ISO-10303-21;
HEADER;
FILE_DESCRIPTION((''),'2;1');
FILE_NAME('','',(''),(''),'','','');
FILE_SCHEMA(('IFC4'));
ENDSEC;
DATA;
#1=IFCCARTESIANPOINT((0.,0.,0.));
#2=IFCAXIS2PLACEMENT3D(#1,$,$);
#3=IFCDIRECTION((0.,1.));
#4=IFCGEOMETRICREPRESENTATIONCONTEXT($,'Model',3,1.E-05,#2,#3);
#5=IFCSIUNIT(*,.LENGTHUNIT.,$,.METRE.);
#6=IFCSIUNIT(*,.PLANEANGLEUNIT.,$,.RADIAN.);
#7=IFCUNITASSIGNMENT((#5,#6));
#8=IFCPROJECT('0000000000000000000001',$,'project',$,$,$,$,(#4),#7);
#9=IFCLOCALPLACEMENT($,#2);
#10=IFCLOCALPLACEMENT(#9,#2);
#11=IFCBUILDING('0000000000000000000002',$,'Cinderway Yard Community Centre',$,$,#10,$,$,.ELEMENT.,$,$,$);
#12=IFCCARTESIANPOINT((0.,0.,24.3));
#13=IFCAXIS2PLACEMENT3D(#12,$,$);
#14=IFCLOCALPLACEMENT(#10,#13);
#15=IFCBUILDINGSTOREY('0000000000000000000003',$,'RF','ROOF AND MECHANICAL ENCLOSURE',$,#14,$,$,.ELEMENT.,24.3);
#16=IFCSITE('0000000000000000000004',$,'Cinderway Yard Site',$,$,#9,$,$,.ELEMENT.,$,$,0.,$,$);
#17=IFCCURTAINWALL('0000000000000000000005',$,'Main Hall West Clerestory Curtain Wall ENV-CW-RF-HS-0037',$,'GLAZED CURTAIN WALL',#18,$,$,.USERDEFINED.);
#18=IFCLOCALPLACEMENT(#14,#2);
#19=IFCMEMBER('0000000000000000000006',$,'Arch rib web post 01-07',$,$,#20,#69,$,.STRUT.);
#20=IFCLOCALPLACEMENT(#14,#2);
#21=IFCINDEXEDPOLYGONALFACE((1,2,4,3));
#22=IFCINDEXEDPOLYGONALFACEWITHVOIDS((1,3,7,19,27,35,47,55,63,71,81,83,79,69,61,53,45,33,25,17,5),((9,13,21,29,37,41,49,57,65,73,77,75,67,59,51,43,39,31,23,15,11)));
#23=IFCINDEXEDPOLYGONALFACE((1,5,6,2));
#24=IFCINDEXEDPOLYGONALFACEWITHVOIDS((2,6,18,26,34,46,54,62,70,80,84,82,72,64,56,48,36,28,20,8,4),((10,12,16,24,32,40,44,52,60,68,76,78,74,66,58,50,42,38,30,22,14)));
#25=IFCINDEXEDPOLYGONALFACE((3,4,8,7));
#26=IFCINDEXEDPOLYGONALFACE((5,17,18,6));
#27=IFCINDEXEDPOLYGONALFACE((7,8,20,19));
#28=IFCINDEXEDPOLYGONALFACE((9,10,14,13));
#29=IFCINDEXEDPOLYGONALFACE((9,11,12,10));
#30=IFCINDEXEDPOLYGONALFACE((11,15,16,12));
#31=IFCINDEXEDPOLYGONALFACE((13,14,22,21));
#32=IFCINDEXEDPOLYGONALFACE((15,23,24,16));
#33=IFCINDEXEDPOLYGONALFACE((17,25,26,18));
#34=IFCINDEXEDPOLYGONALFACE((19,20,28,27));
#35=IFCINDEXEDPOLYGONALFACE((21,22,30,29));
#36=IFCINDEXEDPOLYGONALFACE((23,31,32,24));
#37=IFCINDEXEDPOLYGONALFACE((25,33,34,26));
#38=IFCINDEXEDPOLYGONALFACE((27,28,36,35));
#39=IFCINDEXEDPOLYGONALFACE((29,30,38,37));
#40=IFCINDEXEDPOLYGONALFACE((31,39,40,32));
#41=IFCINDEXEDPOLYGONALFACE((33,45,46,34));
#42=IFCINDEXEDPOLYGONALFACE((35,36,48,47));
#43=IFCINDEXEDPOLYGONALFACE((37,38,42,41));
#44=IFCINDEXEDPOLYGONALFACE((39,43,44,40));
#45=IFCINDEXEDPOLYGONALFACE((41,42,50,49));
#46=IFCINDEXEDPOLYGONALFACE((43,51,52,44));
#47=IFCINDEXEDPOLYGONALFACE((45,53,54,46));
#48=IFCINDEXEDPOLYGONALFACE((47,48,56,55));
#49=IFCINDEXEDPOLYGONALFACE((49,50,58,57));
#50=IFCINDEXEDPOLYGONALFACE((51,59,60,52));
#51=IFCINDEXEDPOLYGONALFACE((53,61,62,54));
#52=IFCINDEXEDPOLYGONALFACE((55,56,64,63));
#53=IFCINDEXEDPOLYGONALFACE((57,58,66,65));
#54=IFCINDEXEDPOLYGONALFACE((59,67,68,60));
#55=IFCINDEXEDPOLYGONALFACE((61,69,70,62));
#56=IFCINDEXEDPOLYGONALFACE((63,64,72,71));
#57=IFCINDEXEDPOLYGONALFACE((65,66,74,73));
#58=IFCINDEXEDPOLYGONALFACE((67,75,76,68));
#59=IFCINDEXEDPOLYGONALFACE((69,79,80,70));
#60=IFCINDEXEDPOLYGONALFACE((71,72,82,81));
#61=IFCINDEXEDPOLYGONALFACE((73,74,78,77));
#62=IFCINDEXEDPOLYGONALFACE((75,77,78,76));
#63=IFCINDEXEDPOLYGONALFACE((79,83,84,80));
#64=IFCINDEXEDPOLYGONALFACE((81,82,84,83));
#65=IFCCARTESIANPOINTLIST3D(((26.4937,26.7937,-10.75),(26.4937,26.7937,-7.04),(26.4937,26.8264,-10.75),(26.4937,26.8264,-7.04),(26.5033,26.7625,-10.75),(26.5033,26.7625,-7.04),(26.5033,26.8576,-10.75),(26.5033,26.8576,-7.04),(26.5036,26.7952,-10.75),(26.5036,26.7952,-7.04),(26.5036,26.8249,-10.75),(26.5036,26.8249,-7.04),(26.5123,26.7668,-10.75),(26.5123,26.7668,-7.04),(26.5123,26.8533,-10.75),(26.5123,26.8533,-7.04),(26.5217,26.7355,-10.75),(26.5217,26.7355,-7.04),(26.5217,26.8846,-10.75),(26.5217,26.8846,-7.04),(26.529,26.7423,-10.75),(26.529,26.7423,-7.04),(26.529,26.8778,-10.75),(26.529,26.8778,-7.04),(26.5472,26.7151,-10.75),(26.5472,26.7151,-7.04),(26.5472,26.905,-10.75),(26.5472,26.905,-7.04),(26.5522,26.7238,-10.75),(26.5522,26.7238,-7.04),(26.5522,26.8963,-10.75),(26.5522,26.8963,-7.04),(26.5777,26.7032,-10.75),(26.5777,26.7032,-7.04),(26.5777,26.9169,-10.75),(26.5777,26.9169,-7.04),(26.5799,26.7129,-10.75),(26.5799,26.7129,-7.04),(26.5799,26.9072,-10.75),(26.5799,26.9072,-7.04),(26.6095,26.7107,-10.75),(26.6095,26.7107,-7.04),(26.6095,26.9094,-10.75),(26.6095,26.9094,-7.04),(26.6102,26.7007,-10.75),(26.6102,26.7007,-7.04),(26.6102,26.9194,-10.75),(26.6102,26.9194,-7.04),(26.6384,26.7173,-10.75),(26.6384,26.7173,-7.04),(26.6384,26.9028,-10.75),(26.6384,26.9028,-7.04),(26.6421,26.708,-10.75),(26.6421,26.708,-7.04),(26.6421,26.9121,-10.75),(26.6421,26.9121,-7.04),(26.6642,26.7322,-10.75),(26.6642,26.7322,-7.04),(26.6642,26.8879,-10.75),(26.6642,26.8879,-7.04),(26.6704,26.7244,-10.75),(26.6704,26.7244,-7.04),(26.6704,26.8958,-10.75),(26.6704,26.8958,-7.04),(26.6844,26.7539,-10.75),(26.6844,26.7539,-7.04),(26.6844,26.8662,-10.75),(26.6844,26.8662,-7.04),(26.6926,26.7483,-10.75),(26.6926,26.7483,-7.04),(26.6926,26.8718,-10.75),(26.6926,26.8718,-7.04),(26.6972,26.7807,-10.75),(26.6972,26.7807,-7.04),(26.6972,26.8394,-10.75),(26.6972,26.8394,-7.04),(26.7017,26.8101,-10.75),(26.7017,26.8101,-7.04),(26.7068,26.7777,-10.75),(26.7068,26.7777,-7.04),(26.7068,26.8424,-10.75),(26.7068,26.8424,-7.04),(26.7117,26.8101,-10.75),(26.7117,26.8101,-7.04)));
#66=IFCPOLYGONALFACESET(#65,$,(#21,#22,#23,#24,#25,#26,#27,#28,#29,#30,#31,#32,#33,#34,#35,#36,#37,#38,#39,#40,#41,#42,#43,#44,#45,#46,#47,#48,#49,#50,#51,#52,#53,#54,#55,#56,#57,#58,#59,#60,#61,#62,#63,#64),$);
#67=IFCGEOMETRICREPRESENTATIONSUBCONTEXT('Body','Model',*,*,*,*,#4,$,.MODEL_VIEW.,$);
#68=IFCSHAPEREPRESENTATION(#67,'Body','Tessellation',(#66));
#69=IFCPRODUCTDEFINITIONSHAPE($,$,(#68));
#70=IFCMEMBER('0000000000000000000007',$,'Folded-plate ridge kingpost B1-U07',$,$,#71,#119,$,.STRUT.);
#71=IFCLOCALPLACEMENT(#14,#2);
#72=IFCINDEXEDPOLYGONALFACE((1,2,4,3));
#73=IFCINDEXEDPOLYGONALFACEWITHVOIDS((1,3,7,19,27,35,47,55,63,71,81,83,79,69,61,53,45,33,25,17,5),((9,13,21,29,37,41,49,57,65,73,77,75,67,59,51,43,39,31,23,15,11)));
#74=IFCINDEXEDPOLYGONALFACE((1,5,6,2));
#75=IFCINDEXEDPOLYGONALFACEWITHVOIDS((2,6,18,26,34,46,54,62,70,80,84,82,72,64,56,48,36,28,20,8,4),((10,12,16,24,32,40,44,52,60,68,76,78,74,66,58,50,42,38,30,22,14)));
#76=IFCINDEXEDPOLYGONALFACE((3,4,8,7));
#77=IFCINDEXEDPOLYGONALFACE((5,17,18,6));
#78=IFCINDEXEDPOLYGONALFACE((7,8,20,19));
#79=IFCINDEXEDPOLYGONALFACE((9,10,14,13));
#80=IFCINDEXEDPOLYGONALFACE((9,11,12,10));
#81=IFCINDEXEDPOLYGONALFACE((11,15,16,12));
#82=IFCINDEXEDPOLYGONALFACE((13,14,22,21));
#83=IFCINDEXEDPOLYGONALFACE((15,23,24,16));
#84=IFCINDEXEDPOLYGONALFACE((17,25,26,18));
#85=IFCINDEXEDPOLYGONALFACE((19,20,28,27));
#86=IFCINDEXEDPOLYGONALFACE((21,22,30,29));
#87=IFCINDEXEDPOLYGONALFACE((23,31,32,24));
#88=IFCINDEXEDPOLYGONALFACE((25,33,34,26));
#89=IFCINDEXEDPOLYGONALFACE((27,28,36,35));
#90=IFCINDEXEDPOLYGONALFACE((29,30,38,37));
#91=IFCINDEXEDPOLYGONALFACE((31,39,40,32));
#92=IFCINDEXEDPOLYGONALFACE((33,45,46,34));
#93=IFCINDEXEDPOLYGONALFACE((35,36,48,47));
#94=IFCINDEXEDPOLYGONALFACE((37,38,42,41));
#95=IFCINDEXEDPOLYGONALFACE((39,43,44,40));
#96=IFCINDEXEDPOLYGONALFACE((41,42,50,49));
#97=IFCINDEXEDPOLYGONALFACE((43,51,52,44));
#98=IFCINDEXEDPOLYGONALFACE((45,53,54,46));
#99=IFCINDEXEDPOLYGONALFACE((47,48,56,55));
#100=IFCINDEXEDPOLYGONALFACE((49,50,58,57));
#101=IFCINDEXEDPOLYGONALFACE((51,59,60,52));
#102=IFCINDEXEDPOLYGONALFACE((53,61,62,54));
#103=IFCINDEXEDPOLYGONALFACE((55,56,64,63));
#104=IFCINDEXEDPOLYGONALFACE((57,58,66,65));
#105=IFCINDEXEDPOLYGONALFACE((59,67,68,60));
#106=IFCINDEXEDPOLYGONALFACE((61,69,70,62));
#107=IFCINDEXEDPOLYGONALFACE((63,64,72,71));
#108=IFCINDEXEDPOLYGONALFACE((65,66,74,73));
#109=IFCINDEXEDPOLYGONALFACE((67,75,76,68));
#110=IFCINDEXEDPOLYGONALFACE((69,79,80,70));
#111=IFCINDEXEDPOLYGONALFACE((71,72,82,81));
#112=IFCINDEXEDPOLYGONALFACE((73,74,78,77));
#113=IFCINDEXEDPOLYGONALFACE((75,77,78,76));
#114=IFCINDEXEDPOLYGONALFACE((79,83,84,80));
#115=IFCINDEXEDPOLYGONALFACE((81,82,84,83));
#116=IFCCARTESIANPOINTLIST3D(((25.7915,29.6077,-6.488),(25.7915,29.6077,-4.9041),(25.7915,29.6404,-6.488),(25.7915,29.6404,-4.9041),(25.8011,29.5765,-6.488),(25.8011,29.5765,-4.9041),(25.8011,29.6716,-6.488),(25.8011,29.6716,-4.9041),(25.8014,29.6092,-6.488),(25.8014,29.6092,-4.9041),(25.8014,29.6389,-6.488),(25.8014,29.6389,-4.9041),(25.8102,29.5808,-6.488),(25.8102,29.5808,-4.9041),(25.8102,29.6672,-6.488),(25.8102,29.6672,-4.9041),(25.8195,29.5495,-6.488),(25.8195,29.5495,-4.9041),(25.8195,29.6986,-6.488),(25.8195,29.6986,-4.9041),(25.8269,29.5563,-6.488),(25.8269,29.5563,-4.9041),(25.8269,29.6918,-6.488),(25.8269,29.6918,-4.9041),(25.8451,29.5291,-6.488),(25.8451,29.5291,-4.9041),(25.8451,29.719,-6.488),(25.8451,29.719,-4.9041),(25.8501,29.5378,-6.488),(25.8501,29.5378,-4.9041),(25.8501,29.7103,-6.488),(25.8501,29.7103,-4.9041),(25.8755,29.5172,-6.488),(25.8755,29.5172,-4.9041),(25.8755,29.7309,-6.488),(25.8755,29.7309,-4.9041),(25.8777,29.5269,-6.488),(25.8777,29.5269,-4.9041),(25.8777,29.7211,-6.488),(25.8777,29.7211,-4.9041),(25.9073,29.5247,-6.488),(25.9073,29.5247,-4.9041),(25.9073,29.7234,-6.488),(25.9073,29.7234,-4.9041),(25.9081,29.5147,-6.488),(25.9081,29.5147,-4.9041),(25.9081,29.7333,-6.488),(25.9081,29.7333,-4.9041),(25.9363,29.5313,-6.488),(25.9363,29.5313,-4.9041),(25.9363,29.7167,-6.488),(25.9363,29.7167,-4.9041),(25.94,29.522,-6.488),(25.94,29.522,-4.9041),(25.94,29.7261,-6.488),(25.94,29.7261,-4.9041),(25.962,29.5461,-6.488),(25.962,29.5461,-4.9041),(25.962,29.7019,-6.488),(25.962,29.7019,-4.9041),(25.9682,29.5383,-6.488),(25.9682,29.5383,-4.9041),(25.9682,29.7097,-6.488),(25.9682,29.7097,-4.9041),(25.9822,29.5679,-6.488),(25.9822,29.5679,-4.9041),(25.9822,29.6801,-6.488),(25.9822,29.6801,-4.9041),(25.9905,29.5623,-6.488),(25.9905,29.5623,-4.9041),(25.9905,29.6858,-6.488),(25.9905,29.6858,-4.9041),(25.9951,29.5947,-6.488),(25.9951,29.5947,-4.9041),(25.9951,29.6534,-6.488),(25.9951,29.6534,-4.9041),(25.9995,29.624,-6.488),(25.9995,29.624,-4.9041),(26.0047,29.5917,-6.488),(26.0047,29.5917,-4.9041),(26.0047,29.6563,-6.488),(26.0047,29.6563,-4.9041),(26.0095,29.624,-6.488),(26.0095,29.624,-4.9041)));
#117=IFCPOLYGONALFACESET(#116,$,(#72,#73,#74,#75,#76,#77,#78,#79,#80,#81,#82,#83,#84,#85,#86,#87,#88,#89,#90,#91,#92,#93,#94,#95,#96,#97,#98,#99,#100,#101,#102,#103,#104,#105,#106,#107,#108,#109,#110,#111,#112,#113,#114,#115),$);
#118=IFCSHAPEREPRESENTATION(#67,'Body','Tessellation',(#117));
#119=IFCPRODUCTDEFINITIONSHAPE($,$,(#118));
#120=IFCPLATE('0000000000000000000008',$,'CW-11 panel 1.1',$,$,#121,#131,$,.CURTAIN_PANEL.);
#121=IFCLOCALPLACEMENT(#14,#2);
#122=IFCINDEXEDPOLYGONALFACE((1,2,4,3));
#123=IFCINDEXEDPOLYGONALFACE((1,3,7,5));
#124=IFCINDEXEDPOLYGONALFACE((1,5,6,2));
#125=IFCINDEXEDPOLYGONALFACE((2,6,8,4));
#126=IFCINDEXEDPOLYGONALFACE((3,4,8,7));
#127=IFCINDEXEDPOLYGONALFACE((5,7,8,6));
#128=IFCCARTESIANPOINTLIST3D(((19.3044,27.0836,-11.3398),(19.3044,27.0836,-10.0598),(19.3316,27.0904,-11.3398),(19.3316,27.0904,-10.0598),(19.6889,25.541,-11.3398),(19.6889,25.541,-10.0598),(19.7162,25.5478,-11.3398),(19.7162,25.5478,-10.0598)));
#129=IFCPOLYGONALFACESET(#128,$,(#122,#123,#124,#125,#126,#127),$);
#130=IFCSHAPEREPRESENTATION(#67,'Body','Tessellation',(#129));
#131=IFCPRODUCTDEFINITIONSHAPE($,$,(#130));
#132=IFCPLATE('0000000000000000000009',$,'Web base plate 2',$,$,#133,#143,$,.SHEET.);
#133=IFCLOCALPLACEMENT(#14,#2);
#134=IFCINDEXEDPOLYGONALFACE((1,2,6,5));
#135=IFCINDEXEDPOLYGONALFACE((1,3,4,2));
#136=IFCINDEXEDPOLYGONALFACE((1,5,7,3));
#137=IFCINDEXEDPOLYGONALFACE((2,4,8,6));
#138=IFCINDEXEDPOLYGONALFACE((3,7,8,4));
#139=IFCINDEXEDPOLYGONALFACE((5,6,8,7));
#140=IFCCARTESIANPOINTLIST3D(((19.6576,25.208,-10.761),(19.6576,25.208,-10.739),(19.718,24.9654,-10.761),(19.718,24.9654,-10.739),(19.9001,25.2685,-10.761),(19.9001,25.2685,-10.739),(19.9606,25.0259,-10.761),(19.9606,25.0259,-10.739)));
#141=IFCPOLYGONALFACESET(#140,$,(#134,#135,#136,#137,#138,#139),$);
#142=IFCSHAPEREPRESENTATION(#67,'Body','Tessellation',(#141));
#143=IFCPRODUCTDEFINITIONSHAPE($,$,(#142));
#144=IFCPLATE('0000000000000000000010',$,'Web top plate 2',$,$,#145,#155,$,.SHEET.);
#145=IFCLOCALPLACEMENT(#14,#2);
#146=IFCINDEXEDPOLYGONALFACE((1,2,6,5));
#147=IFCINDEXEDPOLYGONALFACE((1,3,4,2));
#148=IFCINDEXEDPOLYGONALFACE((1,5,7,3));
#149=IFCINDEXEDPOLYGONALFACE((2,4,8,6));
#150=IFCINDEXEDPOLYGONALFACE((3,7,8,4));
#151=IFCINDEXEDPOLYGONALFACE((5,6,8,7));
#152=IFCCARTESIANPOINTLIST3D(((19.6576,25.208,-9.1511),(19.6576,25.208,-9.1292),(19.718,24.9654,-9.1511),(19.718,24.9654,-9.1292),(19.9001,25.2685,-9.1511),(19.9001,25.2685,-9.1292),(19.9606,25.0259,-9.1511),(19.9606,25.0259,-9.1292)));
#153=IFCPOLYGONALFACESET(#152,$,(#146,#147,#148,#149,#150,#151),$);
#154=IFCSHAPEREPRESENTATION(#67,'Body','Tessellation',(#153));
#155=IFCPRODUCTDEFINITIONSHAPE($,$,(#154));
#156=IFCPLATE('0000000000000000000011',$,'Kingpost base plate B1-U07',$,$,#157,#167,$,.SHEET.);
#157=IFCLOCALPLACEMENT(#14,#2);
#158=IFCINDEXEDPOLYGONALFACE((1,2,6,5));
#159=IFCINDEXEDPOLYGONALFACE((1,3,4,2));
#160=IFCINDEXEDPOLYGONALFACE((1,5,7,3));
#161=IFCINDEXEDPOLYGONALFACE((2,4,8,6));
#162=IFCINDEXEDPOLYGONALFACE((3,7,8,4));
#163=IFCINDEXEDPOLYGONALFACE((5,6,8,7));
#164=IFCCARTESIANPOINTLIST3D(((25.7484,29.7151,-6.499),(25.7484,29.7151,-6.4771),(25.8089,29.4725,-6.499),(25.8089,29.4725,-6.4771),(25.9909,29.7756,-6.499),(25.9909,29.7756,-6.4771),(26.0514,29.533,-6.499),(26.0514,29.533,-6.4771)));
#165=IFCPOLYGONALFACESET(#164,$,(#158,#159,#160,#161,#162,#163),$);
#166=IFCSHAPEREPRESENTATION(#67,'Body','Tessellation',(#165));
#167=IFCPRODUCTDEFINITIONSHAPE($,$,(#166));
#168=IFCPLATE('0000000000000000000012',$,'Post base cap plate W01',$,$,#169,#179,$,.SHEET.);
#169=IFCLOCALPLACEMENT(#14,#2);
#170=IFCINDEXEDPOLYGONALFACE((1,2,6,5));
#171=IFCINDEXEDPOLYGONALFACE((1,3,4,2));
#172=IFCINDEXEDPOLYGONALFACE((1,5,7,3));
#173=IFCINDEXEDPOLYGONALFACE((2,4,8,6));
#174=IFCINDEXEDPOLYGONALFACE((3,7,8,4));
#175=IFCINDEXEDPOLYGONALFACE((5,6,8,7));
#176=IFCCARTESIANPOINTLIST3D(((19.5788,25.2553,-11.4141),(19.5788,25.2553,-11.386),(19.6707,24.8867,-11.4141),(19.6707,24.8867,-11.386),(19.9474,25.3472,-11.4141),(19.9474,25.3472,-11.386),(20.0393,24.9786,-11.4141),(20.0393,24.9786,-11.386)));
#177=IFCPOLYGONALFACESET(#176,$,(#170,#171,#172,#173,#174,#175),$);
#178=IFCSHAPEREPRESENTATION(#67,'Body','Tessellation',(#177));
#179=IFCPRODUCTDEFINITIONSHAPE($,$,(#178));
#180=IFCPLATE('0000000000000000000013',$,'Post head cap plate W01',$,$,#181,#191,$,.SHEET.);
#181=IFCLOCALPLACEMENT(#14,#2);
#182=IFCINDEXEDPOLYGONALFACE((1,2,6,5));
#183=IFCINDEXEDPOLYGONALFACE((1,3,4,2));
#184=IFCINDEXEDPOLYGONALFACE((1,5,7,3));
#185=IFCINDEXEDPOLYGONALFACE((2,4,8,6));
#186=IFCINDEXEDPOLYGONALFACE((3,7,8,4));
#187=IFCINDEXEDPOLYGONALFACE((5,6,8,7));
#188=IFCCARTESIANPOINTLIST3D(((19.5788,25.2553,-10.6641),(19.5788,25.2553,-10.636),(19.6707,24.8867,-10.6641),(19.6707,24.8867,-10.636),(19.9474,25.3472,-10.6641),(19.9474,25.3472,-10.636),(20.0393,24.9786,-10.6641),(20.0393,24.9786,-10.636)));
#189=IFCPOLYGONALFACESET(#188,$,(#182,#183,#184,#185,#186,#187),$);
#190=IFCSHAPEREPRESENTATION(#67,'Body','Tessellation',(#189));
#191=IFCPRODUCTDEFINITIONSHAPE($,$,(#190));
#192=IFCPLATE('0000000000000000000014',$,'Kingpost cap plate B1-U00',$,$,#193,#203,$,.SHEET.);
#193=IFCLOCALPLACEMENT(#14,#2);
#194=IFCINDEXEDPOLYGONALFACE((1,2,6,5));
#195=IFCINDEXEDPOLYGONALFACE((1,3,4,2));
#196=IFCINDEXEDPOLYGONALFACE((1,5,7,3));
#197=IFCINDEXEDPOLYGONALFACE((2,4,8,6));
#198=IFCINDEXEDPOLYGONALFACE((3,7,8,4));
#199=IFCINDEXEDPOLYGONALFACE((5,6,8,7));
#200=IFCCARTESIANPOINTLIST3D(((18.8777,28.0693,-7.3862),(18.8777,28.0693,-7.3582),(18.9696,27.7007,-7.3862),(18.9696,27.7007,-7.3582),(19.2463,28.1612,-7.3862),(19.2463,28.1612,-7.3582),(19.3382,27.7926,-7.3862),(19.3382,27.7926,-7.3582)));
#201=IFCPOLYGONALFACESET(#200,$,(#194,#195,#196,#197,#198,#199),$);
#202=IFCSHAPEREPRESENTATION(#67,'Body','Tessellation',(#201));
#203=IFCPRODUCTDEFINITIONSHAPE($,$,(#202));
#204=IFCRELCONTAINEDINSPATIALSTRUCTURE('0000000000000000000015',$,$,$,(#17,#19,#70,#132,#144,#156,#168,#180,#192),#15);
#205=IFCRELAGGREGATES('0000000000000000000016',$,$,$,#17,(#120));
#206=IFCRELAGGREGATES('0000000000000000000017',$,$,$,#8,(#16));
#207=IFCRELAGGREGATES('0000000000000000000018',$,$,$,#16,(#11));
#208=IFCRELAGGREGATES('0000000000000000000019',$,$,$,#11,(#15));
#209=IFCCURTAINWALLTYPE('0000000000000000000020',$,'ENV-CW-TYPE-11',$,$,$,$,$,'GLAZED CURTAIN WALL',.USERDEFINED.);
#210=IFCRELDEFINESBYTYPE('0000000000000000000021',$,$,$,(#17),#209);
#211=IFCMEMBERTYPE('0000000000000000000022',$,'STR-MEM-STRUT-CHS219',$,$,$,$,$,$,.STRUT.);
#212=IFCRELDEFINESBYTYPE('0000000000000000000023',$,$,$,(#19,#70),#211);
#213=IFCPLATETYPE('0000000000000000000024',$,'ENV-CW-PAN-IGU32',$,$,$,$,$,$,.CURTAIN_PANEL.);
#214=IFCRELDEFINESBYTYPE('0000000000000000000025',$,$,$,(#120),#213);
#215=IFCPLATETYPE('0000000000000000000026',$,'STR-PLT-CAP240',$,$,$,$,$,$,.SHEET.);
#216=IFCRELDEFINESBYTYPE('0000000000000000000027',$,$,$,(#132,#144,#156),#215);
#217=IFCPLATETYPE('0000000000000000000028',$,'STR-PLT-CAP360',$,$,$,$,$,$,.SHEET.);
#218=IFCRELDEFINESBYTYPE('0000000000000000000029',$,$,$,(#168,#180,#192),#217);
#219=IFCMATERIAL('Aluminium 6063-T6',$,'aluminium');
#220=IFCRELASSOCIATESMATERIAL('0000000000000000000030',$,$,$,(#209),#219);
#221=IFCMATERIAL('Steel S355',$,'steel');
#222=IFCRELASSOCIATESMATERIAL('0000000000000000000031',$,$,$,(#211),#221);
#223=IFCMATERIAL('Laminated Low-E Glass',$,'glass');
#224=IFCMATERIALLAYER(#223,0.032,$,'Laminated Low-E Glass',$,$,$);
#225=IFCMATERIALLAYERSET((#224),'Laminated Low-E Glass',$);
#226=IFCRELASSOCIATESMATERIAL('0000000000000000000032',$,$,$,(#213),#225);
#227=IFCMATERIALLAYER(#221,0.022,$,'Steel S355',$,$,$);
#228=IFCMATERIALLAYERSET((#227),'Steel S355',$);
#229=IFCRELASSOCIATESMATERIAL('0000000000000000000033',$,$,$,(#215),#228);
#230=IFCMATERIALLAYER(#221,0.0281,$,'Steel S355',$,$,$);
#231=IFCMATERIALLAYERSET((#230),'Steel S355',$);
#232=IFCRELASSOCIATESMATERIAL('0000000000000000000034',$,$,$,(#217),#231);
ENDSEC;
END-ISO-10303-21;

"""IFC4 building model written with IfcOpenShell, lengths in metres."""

from ifc_helpers import new_model, si_unit, direction, frame, origin, origin_2d, place, context, subcontext, project, spatial, rectangle, hollow_circle, extrude, material, layer, layer_set, material_profile, profile_set, type_object, element, aggregate, save


model = new_model("IFC4")

# Units and contexts
model_context = context("Model", 3, precision=1e-05, world=origin(), true_north=direction((0.0, 1.0)))
body_context = subcontext(model_context, "Body", "Model", "MODEL_VIEW")
ifc_project = project(units=[si_unit("LENGTHUNIT", "METRE"), si_unit("PLANEANGLEUNIT", "RADIAN")], contexts=[model_context])

# Site, building, storey
site_placement = place(None, origin())
site = spatial("IfcSite", under=ifc_project, at=site_placement, Name="Cinderway Yard Site", CompositionType="ELEMENT", RefElevation=0.0)
building_placement = place(site_placement, origin())
building = spatial("IfcBuilding", under=site, at=building_placement, Name="Cinderway Yard Community Centre", CompositionType="ELEMENT")
storey_placement = place(building_placement, frame((0.0, 0.0, 24.3)))
storey = spatial("IfcBuildingStorey", under=building, at=storey_placement, Name="RF", Description="ROOF AND MECHANICAL ENCLOSURE", CompositionType="ELEMENT", Elevation=24.3)

# Shared definitions
ifc_material_1 = material(Name="Steel S355", Category="steel")

# Curtain wall
ifc_material_2 = material(Name="Aluminium 6063-T6", Category="aluminium")
curtain_wall_type = type_object("IfcCurtainWallType", Name="ENV-CW-TYPE-11", ElementType="GLAZED CURTAIN WALL", PredefinedType="USERDEFINED", material=ifc_material_2)
curtain_wall_placement = place(storey_placement, origin())
curtain_wall = element("IfcCurtainWall", 1, at=curtain_wall_placement, inside=storey, type_object=curtain_wall_type, Name="Main Hall West Clerestory Curtain Wall ENV-CW-RF-HS-0037", ObjectType="GLAZED CURTAIN WALL", PredefinedType="USERDEFINED")

# Members
ifc_material_profile_1 = material_profile(ifc_material_1, hollow_circle(Radius=0.1096, WallThickness=0.01, at=origin_2d()), Name="Steel S355")
ifc_profile_set_1 = profile_set([ifc_material_profile_1], Name="Steel S355")
member_type_1 = type_object("IfcMemberType", Name="STR-MEM-STRUT-CHS219", PredefinedType="STRUT", material=ifc_profile_set_1)
member_1_placement = place(storey_placement, frame((26.6021, 26.8101, -10.75), z_axis=(0.0, 0.0, 1.0), x_axis=(1.0, 0.0, 0.0)))
element("IfcMember", 2, at=member_1_placement, inside=storey, type_object=member_type_1, Name="Arch rib web post 01-07", PredefinedType="STRUT", context=body_context, shape_type="SweptSolid", body=[
    extrude(hollow_circle(Radius=0.1096, WallThickness=0.01, at=origin_2d()), origin(), (0.0, 0.0, 1.0), 3.71),
])
member_2_placement = place(storey_placement, frame((25.8999, 29.624, -6.488), z_axis=(0.0, 0.0, 1.0), x_axis=(1.0, 0.0, 0.0)))
element("IfcMember", 3, at=member_2_placement, inside=storey, type_object=member_type_1, Name="Folded-plate ridge kingpost B1-U07", PredefinedType="STRUT", context=body_context, shape_type="SweptSolid", body=[
    extrude(hollow_circle(Radius=0.1096, WallThickness=0.01, at=origin_2d()), origin(), (0.0, 0.0, 1.0), 1.584),
])

# Plate
ifc_material_3 = material(Name="Laminated Low-E Glass", Category="glass")
ifc_layer_1 = layer(ifc_material_3, 0.032, Name="Laminated Low-E Glass")
ifc_layer_set_1 = layer_set([ifc_layer_1], Name="Laminated Low-E Glass")
plate_type_1 = type_object("IfcPlateType", Name="ENV-CW-PAN-IGU32", PredefinedType="CURTAIN_PANEL", material=ifc_layer_set_1)
plate_placement = place(storey_placement, frame((19.5103, 26.3157, -11.3398), z_axis=(0.0, 0.0, 1.0), x_axis=(-0.241882, 0.970306, 0.0)))
plate = element("IfcPlate", 4, at=plate_placement, type_object=plate_type_1, Name="CW-11 panel 1.1", PredefinedType="CURTAIN_PANEL", context=body_context, shape_type="SweptSolid", body=[
    extrude(rectangle(XDim=1.5898, YDim=0.0281, at=origin_2d()), origin(), (0.0, 0.0, 1.0), 1.28),
])
aggregate(curtain_wall, [plate])

# Plates
ifc_layer_2 = layer(ifc_material_1, 0.022, Name="Steel S355")
ifc_layer_set_2 = layer_set([ifc_layer_2], Name="Steel S355")
plate_type_2 = type_object("IfcPlateType", Name="STR-PLT-CAP240", PredefinedType="SHEET", material=ifc_layer_set_2)
for number, where, z_axis, x_axis, name in (
    (5, (19.8091, 25.1169, -10.761), (0.0, 0.0, 1.0), (0.970296, 0.241922, 0.0), "Web base plate 2"),
    (6, (19.8091, 25.1169, -9.1511), (0.0, 0.0, 1.0), (0.970296, 0.241922, 0.0), "Web top plate 2"),
    (7, (25.8999, 29.624, -6.499), (0.0, 0.0, 1.0), (0.970296, 0.241922, 0.0), "Kingpost base plate B1-U07"),
):
    element("IfcPlate", number, at=place(storey_placement, frame(where, z_axis=z_axis, x_axis=x_axis)), inside=storey, type_object=plate_type_2, Name=name, PredefinedType="SHEET", context=body_context, shape_type="SweptSolid", body=[
        extrude(rectangle(XDim=0.25, YDim=0.25, at=origin_2d()), origin(), (0.0, 0.0, 1.0), 0.022),
    ])
ifc_layer_3 = layer(ifc_material_1, 0.0281, Name="Steel S355")
ifc_layer_set_3 = layer_set([ifc_layer_3], Name="Steel S355")
plate_type_3 = type_object("IfcPlateType", Name="STR-PLT-CAP360", PredefinedType="SHEET", material=ifc_layer_set_3)
for number, where, z_axis, x_axis, name in (
    (8, (19.8091, 25.1169, -11.4141), (0.0, 0.0, 1.0), (0.970296, 0.241922, 0.0), "Post base cap plate W01"),
    (9, (19.8091, 25.1169, -10.6641), (0.0, 0.0, 1.0), (0.970296, 0.241922, 0.0), "Post head cap plate W01"),
    (10, (19.1079, 27.9309, -7.3862), (0.0, 0.0, 1.0), (0.970296, 0.241922, 0.0), "Kingpost cap plate B1-U00"),
):
    element("IfcPlate", number, at=place(storey_placement, frame(where, z_axis=z_axis, x_axis=x_axis)), inside=storey, type_object=plate_type_3, Name=name, PredefinedType="SHEET", context=body_context, shape_type="SweptSolid", body=[
        extrude(rectangle(XDim=0.3799, YDim=0.3799, at=origin_2d()), origin(), (0.0, 0.0, 1.0), 0.0281),
    ])

save(model, "model.ifc")
